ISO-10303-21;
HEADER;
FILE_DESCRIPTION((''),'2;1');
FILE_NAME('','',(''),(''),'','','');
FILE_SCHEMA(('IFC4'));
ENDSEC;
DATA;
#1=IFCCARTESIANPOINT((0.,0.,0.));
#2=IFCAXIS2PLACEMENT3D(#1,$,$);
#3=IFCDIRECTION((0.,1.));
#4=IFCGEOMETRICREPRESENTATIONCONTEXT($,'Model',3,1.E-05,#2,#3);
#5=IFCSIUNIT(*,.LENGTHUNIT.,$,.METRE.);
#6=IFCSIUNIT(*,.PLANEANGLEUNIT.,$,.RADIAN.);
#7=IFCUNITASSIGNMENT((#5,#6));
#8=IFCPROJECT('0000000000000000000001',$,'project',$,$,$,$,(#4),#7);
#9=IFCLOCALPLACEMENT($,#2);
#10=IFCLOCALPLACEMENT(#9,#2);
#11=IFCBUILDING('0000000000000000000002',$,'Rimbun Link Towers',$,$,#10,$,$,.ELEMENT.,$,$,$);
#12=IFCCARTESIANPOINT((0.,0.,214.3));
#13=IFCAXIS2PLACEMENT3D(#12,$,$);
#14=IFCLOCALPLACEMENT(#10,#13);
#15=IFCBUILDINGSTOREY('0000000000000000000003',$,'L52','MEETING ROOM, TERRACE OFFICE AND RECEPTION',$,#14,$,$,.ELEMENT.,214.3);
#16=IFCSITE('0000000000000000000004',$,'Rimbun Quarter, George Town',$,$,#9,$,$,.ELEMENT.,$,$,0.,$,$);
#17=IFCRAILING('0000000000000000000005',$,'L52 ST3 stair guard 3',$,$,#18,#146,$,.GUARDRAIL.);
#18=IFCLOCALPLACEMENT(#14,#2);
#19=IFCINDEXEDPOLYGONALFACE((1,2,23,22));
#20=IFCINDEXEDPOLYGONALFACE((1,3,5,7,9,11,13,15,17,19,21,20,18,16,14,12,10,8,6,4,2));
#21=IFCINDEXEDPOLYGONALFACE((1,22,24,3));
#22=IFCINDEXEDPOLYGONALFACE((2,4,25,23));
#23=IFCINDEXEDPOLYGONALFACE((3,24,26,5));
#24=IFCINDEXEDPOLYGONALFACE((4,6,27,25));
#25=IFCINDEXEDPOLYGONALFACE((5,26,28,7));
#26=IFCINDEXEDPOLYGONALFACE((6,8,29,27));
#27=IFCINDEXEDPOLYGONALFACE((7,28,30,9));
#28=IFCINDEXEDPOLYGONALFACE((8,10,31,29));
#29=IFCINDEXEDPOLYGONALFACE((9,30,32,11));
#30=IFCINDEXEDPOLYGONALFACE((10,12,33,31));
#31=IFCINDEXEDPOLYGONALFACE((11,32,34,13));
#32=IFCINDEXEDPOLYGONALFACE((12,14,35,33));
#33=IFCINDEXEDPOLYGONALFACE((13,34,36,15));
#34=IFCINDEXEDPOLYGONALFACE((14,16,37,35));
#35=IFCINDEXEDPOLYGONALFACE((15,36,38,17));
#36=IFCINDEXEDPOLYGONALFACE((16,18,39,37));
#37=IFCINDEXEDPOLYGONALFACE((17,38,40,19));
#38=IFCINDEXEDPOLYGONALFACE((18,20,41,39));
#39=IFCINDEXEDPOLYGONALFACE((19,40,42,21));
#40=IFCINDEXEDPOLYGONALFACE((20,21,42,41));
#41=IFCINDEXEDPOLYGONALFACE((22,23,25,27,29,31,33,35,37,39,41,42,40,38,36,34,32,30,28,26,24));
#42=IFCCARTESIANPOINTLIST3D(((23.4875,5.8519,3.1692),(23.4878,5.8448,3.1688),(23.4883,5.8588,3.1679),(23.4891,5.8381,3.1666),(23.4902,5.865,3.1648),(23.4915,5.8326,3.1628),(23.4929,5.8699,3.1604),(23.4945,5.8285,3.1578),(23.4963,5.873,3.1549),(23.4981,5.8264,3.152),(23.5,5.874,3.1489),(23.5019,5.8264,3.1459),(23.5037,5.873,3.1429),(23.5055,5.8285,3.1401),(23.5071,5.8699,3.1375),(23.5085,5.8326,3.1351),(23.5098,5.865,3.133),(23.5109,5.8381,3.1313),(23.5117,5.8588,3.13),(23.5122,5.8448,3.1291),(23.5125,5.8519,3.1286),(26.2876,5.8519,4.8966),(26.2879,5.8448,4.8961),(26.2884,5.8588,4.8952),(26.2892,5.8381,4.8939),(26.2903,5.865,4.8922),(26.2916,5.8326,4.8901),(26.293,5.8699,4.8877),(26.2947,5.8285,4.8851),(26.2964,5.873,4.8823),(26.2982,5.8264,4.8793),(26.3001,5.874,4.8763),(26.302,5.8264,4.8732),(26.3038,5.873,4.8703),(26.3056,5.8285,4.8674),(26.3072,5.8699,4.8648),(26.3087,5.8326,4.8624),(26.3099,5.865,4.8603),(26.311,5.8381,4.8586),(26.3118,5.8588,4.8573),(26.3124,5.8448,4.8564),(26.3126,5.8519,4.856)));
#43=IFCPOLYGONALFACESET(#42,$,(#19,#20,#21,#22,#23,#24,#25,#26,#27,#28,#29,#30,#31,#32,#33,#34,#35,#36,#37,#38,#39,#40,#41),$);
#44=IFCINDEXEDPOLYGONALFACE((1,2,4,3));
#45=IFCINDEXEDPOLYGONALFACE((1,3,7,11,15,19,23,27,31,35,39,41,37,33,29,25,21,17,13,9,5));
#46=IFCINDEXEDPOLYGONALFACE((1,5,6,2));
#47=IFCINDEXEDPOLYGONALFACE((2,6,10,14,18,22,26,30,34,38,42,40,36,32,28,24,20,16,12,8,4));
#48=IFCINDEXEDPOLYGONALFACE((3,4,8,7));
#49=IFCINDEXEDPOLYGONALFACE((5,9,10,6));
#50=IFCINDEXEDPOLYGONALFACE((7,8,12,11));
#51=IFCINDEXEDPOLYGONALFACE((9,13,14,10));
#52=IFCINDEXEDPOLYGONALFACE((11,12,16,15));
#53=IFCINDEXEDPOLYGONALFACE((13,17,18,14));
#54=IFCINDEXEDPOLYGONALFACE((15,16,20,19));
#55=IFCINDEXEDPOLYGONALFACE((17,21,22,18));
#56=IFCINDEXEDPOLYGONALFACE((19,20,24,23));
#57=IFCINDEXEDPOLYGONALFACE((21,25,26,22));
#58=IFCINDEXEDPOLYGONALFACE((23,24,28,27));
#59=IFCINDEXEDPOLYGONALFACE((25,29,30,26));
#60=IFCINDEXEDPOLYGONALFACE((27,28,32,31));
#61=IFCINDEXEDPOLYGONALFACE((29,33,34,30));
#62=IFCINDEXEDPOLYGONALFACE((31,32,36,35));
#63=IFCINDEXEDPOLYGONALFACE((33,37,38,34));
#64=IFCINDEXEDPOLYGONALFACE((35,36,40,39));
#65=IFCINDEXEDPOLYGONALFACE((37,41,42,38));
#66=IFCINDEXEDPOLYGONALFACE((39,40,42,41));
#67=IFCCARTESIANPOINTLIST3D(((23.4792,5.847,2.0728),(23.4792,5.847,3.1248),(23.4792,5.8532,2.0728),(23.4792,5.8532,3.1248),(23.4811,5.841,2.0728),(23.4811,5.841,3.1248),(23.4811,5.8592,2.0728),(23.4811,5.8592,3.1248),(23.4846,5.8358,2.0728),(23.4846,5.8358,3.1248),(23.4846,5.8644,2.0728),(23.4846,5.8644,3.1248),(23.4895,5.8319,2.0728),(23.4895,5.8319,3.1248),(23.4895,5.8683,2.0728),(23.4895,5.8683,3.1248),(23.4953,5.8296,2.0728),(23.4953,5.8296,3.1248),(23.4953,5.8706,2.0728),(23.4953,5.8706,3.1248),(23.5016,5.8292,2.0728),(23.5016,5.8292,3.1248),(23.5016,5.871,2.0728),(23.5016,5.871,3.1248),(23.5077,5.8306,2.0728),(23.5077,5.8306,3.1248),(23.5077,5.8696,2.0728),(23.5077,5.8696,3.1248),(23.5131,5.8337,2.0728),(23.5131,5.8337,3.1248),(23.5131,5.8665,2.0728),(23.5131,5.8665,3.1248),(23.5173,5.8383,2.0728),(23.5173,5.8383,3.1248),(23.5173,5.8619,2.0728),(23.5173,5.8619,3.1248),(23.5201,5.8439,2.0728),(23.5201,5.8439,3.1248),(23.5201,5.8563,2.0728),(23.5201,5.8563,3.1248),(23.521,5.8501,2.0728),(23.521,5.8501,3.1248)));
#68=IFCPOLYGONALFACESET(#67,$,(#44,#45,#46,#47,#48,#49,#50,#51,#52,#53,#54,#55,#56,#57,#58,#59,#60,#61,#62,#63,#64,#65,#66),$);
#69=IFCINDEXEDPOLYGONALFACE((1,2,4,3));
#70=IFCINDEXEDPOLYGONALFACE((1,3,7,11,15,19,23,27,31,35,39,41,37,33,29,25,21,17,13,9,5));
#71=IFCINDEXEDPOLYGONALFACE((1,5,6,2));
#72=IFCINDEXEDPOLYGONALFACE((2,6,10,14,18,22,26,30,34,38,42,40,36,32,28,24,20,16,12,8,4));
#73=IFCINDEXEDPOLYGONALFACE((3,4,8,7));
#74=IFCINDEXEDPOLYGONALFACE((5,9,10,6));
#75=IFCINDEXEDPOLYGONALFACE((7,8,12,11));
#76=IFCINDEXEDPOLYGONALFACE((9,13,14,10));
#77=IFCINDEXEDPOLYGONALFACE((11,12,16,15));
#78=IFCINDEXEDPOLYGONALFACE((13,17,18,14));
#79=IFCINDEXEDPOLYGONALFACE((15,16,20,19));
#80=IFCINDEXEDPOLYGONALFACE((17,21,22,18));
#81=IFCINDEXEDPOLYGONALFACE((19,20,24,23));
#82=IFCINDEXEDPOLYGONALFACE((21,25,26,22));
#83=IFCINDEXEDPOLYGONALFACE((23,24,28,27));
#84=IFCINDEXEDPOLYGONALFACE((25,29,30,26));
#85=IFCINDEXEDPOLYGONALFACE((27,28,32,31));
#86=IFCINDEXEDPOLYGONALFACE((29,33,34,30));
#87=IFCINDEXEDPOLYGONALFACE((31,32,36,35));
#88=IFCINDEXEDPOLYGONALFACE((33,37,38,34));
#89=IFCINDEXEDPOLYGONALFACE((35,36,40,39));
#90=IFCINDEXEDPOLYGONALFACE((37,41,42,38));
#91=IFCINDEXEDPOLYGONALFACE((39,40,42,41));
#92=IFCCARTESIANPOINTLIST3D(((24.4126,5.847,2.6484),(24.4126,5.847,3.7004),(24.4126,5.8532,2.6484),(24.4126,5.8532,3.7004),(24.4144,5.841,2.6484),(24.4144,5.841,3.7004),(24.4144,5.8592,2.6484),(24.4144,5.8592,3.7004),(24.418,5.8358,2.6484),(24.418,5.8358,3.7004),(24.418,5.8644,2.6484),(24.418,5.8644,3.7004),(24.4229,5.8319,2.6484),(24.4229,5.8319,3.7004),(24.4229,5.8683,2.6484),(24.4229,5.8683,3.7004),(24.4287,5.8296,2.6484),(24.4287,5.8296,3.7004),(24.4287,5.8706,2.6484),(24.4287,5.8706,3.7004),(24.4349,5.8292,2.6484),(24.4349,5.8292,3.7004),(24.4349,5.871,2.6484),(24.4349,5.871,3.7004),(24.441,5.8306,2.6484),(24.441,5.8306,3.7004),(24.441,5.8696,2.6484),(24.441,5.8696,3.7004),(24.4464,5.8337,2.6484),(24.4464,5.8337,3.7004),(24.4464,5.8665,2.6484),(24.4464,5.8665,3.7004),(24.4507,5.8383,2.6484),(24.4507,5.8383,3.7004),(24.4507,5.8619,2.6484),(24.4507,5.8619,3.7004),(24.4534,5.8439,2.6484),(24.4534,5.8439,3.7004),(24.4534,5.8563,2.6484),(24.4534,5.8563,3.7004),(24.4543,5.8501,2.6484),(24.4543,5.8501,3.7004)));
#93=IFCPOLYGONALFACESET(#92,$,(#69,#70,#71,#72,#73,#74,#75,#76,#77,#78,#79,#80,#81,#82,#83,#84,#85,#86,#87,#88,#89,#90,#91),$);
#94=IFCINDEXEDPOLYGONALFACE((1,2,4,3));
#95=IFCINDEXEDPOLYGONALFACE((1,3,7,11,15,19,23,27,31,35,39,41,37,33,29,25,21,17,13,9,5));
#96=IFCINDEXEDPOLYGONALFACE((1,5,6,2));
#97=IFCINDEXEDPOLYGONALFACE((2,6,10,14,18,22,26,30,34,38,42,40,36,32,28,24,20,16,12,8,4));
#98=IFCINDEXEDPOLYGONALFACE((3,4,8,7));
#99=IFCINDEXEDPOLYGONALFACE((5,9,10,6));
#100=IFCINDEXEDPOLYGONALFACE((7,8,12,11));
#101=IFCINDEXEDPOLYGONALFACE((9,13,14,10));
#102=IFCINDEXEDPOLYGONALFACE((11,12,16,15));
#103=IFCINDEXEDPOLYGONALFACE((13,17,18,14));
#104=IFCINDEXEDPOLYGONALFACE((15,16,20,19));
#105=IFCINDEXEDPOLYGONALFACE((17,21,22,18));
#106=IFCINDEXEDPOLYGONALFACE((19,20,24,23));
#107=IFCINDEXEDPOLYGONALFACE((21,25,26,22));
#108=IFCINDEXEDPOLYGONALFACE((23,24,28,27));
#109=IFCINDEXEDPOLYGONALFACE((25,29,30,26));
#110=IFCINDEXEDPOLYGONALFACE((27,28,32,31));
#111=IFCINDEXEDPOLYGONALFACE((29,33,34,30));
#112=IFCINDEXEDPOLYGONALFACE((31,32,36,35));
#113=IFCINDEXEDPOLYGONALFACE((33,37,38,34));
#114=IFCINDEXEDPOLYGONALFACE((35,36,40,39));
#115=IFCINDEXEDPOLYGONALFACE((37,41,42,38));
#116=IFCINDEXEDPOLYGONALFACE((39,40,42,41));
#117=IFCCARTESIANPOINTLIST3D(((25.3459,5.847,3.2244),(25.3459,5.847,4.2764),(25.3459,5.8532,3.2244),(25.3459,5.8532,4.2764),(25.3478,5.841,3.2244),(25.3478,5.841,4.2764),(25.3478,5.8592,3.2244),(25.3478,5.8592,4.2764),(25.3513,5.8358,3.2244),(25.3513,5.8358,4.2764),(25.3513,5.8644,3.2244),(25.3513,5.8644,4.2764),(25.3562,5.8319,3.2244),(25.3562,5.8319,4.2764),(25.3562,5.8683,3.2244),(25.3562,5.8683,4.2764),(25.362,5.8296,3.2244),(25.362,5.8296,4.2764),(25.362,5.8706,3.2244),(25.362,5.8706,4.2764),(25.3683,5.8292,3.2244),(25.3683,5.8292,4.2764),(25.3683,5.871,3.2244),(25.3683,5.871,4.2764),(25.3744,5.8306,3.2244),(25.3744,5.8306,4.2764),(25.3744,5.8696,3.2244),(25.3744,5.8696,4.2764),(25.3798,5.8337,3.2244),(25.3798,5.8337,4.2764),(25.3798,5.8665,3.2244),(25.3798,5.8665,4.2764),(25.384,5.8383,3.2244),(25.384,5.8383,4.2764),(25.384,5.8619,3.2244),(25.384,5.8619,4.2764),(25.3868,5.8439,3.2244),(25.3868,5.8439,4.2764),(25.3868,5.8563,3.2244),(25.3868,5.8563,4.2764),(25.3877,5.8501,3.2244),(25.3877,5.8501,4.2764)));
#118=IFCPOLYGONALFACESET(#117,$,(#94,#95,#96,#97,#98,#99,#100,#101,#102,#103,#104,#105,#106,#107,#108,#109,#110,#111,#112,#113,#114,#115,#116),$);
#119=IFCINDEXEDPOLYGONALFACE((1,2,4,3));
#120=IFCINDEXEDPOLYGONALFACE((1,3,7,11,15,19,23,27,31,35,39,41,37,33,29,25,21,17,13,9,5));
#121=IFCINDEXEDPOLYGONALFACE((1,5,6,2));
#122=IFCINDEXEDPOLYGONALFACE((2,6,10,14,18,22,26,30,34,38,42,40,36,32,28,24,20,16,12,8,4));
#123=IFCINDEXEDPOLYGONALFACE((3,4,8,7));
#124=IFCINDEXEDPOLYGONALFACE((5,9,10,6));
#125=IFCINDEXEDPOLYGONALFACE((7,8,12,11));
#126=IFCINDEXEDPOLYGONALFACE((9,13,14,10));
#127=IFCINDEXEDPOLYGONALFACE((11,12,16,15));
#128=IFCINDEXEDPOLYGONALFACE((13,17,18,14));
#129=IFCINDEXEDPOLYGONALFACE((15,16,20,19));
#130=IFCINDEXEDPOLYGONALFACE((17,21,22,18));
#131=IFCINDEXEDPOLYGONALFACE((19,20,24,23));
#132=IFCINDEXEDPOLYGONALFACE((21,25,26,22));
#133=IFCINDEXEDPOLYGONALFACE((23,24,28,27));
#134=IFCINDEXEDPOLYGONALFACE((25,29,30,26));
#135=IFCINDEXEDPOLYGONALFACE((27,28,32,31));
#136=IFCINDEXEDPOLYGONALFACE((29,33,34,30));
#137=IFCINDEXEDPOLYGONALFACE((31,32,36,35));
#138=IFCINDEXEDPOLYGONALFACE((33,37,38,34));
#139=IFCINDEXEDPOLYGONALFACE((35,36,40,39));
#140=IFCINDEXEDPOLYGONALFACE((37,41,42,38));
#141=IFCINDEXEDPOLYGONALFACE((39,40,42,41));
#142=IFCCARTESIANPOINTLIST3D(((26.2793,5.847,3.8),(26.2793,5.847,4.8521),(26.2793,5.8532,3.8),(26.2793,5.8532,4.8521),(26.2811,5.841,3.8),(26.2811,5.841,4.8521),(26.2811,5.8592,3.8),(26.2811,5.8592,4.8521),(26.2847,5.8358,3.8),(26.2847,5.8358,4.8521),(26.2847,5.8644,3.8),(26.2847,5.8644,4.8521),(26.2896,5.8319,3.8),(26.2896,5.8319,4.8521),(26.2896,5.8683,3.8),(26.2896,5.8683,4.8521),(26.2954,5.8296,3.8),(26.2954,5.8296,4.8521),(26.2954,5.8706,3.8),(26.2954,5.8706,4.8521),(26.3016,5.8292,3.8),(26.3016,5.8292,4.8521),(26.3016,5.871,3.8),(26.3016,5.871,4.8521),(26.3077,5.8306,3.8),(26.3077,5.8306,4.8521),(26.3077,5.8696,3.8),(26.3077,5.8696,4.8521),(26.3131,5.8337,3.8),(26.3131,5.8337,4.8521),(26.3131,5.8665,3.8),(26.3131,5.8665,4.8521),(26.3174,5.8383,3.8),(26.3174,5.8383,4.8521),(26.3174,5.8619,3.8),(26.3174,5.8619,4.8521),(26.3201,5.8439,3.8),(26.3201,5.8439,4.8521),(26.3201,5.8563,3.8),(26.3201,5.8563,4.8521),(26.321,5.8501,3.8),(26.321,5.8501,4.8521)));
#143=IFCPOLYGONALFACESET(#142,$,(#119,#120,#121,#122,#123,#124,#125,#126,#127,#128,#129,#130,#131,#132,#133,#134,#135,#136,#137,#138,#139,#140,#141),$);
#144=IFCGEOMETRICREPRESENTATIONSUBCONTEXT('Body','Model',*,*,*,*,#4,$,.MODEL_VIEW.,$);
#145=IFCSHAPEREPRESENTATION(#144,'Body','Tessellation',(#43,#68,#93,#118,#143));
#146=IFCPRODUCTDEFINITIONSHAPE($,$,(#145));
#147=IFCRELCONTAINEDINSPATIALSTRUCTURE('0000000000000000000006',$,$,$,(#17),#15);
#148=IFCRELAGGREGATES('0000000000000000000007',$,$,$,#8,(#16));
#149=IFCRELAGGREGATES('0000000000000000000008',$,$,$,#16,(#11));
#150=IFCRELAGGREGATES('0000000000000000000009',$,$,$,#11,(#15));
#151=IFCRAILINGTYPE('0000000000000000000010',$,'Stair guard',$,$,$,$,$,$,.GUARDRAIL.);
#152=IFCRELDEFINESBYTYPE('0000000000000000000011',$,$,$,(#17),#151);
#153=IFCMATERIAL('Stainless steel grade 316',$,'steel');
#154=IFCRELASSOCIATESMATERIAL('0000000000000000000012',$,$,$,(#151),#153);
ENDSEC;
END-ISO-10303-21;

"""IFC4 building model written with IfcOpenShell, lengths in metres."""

from ifc_helpers import new_model, si_unit, direction, frame, origin, origin_2d, place, context, subcontext, project, spatial, circle, extrude, material, type_object, element, save


model = new_model("IFC4")

# Units and contexts
model_context = context("Model", 3, precision=1e-05, world=origin(), true_north=direction((0.0, 1.0)))
body_context = subcontext(model_context, "Body", "Model", "MODEL_VIEW")
ifc_project = project(units=[si_unit("LENGTHUNIT", "METRE"), si_unit("PLANEANGLEUNIT", "RADIAN")], contexts=[model_context])

# Site, building, storey
site_placement = place(None, origin())
site = spatial("IfcSite", under=ifc_project, at=site_placement, Name="Rimbun Quarter, George Town", CompositionType="ELEMENT", RefElevation=0.0)
building_placement = place(site_placement, origin())
building = spatial("IfcBuilding", under=site, at=building_placement, Name="Rimbun Link Towers", CompositionType="ELEMENT")
storey_placement = place(building_placement, frame((0.0, 0.0, 214.3)))
storey = spatial("IfcBuildingStorey", under=building, at=storey_placement, Name="L52", Description="MEETING ROOM, TERRACE OFFICE AND RECEPTION", CompositionType="ELEMENT", Elevation=214.3)

# Railing
ifc_material_1 = material(Name="Stainless steel grade 316", Category="steel")
railing_type_1 = type_object("IfcRailingType", Name="Stair guard", PredefinedType="GUARDRAIL", material=ifc_material_1)
railing_1_placement = place(storey_placement, frame((23.5, 5.8501, 2.0728)))
element("IfcRailing", 1, at=railing_1_placement, inside=storey, type_object=railing_type_1, Name="L52 ST3 stair guard 3", PredefinedType="GUARDRAIL", context=body_context, shape_type="SweptSolid", body=[
    extrude(circle(Radius=0.0239, at=origin_2d()), frame((0.0, 0.0, 1.0762), z_axis=(0.85109, 0.0, 0.52502), x_axis=(0.0, 1.0, 0.0)), (0.0, 0.0, 1.0), 3.29),
    extrude(circle(Radius=0.021, at=origin_2d()), origin(), (0.0, 0.0, 1.0), 1.052),
    extrude(circle(Radius=0.021, at=origin_2d()), frame((0.9333, 0.0, 0.5757)), (0.0, 0.0, 1.0), 1.052),
    extrude(circle(Radius=0.021, at=origin_2d()), frame((1.8667, 0.0, 1.1516)), (0.0, 0.0, 1.0), 1.052),
    extrude(circle(Radius=0.021, at=origin_2d()), frame((2.8, 0.0, 1.7273)), (0.0, 0.0, 1.0), 1.052),
])

save(model, "model.ifc")
